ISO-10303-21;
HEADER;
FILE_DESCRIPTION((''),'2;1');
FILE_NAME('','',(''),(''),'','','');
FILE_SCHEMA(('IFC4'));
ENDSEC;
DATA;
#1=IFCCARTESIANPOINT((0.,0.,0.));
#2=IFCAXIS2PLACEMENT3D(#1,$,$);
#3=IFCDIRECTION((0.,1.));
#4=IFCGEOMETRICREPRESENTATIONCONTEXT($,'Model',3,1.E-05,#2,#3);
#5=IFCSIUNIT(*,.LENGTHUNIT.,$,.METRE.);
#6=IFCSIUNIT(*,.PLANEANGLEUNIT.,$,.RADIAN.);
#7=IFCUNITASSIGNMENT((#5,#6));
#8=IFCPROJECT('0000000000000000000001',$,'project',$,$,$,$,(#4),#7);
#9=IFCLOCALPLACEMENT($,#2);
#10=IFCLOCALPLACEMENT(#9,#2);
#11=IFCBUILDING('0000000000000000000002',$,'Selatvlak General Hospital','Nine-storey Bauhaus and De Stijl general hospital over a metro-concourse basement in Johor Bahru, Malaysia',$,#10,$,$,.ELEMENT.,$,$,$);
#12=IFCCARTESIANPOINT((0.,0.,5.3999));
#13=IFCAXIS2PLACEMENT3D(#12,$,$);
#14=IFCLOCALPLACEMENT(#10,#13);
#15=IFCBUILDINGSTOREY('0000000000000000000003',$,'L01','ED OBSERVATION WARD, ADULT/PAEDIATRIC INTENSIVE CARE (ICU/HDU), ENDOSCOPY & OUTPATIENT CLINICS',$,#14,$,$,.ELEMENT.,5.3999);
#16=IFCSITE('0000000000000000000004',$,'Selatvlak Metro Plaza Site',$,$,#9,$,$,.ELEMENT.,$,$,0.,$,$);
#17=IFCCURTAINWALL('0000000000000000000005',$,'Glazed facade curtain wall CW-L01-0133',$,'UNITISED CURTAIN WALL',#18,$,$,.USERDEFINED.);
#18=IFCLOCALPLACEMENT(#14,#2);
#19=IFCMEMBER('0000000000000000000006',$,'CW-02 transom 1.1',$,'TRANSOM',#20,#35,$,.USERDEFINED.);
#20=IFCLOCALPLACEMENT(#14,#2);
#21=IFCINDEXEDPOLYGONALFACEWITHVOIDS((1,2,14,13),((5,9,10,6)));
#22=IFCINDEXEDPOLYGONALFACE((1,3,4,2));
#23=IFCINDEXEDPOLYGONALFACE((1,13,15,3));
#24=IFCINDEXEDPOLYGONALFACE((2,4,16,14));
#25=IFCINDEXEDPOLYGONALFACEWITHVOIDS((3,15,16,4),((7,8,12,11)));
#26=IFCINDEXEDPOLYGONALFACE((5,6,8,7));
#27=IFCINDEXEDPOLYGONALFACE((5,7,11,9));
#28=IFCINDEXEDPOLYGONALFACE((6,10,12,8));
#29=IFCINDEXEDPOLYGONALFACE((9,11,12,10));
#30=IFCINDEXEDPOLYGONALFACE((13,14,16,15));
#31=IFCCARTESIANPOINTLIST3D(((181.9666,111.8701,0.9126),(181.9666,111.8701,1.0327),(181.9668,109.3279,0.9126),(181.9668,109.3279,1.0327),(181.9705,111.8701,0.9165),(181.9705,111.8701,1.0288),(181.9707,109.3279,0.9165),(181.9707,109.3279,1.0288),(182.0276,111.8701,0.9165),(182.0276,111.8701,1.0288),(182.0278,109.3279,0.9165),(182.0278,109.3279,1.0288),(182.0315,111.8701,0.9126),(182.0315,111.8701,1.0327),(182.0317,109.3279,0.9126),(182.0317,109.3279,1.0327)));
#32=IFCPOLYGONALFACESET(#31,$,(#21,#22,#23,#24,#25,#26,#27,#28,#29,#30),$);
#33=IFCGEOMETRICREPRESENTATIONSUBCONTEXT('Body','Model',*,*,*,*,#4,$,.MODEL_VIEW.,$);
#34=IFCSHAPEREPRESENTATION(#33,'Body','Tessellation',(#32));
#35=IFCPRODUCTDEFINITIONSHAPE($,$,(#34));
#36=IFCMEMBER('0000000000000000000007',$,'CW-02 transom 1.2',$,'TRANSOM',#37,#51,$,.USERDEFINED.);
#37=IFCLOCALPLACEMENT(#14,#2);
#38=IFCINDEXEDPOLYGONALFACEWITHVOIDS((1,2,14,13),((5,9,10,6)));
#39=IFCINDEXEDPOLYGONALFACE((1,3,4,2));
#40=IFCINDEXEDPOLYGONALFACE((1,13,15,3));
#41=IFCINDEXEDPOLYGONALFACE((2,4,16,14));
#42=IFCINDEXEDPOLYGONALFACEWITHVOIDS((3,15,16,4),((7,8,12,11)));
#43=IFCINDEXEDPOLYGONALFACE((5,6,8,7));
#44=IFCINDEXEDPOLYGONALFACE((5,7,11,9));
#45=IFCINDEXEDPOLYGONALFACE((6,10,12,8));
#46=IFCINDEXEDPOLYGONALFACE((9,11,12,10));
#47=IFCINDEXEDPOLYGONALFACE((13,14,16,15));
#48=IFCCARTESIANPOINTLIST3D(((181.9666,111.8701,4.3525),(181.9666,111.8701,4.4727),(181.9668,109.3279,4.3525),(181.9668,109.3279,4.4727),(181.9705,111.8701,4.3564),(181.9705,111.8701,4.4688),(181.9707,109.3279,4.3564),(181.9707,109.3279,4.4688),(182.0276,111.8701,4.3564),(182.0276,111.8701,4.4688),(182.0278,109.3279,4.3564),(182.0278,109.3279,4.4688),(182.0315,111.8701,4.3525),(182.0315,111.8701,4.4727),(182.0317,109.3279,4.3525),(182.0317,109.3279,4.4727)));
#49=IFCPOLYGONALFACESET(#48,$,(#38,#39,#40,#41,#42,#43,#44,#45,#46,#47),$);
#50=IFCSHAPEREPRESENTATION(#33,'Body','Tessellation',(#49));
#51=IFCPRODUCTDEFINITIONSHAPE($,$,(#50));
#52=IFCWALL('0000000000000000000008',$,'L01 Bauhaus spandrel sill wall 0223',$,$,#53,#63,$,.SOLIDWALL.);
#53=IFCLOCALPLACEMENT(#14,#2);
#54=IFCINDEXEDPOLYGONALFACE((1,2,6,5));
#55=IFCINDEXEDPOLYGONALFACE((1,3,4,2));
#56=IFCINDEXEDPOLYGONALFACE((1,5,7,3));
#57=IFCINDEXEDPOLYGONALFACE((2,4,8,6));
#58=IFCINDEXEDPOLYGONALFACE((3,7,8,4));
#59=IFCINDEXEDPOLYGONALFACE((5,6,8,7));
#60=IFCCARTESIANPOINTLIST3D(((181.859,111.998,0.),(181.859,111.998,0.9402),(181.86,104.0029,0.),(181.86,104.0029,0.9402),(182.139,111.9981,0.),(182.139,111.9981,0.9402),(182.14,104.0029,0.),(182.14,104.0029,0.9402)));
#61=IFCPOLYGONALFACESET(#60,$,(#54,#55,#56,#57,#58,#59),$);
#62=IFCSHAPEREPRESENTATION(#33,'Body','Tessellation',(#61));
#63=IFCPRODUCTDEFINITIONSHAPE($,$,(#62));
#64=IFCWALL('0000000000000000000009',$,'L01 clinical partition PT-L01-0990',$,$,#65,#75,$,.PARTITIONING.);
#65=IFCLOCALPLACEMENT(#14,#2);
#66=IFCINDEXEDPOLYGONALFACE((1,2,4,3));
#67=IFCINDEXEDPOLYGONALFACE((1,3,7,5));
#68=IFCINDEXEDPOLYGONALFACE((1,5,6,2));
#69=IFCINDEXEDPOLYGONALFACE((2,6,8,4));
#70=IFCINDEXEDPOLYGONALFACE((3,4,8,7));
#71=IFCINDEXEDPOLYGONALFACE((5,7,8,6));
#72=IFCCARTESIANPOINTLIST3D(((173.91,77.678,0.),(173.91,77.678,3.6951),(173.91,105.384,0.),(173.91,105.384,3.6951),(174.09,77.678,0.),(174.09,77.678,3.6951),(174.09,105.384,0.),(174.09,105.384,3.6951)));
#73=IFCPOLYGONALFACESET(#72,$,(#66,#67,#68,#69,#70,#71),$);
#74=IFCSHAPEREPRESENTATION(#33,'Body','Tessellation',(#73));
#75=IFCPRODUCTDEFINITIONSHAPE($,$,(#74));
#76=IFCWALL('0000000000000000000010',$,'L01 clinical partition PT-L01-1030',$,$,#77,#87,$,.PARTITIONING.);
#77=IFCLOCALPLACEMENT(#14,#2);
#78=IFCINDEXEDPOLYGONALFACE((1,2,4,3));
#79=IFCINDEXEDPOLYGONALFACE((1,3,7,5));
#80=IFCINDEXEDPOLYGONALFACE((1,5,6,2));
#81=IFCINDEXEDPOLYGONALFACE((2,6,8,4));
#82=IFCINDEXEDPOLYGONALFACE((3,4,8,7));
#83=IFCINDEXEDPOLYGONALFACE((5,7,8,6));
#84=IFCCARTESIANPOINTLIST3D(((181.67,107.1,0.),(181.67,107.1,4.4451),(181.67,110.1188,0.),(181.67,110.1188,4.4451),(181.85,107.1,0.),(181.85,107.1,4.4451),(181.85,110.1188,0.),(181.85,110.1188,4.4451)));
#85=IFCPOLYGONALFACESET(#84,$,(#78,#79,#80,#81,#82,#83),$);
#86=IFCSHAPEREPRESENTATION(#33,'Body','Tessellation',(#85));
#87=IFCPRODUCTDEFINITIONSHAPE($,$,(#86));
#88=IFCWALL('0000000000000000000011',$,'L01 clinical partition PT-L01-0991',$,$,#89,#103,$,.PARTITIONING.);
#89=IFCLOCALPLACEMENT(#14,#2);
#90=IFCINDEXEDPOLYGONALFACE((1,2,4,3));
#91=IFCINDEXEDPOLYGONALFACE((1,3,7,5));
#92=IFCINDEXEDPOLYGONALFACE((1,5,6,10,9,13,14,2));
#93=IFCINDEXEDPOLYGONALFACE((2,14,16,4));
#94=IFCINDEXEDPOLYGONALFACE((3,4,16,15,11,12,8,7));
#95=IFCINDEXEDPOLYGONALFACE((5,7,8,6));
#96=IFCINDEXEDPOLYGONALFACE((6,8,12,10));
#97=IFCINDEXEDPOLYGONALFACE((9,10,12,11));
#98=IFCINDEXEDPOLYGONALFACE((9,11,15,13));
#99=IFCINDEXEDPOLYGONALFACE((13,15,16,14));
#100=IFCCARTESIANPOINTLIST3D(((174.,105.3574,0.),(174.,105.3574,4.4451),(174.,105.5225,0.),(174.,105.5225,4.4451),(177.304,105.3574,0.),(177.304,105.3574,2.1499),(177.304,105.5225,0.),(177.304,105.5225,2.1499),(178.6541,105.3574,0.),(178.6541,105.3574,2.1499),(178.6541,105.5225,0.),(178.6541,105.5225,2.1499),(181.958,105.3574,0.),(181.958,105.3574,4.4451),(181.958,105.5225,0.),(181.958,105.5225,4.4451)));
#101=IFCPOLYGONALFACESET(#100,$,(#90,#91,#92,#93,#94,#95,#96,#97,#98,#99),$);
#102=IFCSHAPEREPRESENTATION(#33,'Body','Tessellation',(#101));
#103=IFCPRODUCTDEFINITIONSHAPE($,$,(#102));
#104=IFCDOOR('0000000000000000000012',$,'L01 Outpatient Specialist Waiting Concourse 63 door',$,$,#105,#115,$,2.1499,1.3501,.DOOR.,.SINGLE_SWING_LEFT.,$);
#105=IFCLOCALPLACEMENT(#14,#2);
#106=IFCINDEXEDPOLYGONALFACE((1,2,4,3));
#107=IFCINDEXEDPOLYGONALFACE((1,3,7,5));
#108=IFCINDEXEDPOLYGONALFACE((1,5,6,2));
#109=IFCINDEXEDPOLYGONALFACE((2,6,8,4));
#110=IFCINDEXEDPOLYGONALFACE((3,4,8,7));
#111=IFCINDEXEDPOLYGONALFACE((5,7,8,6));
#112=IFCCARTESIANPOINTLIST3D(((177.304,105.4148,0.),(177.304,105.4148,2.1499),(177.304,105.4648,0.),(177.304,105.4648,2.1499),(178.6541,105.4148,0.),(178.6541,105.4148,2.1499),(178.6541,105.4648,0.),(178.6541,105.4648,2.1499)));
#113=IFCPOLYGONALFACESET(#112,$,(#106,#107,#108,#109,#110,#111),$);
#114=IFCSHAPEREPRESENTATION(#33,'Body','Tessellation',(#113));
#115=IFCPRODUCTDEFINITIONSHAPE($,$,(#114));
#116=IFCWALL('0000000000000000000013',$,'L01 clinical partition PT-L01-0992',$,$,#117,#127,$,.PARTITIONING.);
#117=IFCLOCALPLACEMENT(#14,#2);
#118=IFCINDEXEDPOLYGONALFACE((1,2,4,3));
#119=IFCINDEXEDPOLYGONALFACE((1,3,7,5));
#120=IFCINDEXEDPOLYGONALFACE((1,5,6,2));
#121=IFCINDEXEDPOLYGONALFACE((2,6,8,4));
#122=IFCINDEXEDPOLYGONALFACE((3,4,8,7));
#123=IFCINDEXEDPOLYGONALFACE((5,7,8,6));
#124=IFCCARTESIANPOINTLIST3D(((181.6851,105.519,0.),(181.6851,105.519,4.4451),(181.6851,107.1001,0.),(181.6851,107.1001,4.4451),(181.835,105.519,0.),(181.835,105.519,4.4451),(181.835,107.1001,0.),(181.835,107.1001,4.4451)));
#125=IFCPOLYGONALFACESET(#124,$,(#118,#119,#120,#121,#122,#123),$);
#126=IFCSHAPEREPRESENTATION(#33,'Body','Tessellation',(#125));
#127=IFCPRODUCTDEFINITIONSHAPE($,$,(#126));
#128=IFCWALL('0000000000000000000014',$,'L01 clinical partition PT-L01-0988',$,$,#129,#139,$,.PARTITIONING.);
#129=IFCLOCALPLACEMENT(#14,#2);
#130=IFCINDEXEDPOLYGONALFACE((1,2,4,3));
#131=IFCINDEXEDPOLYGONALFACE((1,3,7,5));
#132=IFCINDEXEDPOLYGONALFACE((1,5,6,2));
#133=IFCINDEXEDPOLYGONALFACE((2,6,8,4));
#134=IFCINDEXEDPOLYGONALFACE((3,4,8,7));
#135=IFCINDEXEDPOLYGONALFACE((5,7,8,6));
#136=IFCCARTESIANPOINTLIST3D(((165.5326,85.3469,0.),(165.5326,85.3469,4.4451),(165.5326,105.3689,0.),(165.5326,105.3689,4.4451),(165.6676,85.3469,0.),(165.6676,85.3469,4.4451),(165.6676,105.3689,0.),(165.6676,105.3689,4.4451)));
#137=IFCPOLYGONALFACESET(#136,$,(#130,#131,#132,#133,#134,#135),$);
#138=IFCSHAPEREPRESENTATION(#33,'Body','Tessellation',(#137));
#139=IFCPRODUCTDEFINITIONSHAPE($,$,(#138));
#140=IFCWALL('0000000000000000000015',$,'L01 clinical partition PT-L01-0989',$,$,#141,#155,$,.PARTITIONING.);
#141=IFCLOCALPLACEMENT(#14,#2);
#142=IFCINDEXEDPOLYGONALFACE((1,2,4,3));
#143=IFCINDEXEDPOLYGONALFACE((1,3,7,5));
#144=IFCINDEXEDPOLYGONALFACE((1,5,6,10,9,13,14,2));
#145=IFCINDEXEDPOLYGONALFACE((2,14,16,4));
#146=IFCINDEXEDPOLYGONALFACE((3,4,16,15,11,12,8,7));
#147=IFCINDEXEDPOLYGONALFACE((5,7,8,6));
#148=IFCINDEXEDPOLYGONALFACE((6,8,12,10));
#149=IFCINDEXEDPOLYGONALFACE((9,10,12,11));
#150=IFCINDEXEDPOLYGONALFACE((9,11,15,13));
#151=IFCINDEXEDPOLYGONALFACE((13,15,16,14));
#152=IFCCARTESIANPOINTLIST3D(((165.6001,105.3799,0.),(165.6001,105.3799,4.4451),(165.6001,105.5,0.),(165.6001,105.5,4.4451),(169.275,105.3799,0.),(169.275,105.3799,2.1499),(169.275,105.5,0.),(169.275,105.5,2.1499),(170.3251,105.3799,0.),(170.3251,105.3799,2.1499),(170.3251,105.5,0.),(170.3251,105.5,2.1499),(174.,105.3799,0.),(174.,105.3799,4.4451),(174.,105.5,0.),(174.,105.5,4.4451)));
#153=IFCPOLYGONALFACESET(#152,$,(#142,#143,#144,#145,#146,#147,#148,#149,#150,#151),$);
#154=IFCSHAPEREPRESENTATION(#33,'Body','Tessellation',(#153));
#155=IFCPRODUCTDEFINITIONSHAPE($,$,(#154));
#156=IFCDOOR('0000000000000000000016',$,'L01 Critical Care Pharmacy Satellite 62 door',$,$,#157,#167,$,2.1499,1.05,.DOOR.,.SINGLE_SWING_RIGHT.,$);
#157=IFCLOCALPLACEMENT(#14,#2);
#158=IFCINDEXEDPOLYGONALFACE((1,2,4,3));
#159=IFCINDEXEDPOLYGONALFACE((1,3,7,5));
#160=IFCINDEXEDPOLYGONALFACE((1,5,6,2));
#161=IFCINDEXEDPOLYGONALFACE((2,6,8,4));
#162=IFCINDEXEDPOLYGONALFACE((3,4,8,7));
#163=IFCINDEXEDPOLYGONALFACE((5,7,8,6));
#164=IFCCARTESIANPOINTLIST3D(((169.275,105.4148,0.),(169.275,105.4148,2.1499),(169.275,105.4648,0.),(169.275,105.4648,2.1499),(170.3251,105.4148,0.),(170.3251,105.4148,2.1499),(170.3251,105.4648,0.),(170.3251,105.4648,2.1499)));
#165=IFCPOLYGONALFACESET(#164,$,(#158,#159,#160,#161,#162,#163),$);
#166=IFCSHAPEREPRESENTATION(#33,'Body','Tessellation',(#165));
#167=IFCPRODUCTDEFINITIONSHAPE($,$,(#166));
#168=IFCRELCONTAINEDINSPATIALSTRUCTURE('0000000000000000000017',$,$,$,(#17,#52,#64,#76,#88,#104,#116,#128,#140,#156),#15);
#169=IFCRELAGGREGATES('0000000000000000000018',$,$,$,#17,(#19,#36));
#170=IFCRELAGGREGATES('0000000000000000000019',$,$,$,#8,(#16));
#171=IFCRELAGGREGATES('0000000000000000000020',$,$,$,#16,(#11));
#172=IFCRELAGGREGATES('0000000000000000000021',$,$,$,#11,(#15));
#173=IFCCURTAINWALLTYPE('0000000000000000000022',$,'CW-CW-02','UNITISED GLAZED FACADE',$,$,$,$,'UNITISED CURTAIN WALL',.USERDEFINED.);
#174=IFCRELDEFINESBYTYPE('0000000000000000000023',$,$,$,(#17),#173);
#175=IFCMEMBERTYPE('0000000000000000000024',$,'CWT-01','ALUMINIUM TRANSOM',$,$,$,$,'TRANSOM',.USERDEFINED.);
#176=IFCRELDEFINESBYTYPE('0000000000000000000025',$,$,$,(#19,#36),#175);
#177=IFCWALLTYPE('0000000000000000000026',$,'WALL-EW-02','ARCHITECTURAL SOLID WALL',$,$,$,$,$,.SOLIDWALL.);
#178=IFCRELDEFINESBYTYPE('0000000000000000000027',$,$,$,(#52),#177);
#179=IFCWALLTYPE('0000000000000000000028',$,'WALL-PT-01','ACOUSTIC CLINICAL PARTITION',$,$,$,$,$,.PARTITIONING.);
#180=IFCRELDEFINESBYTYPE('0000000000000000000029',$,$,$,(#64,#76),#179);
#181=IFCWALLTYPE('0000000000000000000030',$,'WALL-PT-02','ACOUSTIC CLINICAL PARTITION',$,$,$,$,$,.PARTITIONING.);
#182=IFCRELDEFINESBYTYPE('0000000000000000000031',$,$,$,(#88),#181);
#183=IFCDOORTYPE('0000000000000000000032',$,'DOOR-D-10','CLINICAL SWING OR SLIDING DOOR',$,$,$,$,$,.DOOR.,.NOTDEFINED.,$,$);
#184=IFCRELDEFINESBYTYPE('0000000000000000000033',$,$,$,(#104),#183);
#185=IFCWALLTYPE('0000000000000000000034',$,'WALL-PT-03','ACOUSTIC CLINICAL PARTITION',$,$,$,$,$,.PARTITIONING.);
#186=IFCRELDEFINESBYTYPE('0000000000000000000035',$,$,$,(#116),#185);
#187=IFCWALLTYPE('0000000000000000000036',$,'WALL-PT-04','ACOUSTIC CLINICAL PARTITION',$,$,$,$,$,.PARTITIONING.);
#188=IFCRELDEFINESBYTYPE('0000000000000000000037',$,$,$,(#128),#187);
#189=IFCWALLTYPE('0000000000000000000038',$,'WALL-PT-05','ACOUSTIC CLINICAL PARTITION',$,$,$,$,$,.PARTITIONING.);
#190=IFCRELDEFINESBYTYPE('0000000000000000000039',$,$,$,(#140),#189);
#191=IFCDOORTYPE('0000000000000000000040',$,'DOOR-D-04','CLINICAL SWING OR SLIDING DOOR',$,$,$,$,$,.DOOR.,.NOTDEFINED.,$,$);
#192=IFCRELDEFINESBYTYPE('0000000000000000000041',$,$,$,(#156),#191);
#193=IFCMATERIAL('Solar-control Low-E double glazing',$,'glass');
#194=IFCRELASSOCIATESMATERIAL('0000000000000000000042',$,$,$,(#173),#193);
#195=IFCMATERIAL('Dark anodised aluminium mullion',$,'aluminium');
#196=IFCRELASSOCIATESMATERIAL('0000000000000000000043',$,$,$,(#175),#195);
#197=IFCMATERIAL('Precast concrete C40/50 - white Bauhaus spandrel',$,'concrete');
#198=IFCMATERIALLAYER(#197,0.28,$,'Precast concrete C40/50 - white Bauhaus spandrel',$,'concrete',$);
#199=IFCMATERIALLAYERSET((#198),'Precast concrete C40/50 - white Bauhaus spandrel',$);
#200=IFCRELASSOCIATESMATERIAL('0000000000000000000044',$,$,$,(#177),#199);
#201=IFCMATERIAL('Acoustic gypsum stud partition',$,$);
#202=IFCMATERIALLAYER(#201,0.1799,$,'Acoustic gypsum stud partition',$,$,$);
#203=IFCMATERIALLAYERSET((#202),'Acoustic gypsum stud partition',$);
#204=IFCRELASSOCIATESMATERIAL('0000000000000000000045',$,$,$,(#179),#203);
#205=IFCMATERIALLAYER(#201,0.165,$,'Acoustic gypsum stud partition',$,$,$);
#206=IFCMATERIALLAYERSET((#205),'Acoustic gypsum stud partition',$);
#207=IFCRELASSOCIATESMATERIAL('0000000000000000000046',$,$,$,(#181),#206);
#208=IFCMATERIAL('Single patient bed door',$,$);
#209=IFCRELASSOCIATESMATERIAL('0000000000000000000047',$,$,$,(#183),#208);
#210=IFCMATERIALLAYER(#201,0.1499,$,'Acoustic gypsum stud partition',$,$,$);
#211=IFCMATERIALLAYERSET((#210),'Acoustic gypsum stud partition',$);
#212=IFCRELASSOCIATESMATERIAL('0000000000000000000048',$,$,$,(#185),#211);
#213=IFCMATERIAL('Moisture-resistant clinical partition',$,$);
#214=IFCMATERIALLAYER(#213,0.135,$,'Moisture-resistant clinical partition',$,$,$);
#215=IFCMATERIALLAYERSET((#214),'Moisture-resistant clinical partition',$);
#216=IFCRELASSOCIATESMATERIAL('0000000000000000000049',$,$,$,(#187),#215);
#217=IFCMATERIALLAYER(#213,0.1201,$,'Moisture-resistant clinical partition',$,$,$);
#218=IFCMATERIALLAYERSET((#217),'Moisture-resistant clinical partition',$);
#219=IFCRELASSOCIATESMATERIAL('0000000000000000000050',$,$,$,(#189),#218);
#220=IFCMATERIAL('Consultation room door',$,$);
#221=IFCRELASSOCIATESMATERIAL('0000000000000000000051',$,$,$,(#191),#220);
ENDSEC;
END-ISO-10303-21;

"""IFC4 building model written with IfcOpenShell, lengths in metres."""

from ifc_helpers import new_model, si_unit, direction, frame, frame_2d, origin, origin_2d, place, context, subcontext, project, spatial, rectangle, hollow_rectangle, extrude, material, layer, layer_set, material_profile, profile_set, type_object, element, fill, aggregate, save


model = new_model("IFC4")

# Units and contexts
model_context = context("Model", 3, precision=1e-05, world=origin(), true_north=direction((0.0, 1.0)))
body_context = subcontext(model_context, "Body", "Model", "MODEL_VIEW")
ifc_project = project(units=[si_unit("LENGTHUNIT", "METRE"), si_unit("PLANEANGLEUNIT", "RADIAN")], contexts=[model_context])

# Site, building, storey
site_placement = place(None, origin())
site = spatial("IfcSite", under=ifc_project, at=site_placement, Name="Selatvlak Metro Plaza Site", CompositionType="ELEMENT", RefElevation=0.0)
building_placement = place(site_placement, origin())
building = spatial("IfcBuilding", under=site, at=building_placement, Name="Selatvlak General Hospital", Description="Nine-storey Bauhaus and De Stijl general hospital over a metro-concourse basement in Johor Bahru, Malaysia", CompositionType="ELEMENT")
storey_placement = place(building_placement, frame((0.0, 0.0, 5.3999)))
storey = spatial("IfcBuildingStorey", under=building, at=storey_placement, Name="L01", Description="ED OBSERVATION WARD, ADULT/PAEDIATRIC INTENSIVE CARE (ICU/HDU), ENDOSCOPY & OUTPATIENT CLINICS", CompositionType="ELEMENT", Elevation=5.3999)

# Shared definitions
ifc_material_1 = material(Name="Solar-control Low-E double glazing", Category="glass")
ifc_material_2 = material(Name="Dark anodised aluminium mullion", Category="aluminium")

# Curtain wall, members
curtain_wall_type_1 = type_object("IfcCurtainWallType", Name="CW-CW-02", Description="UNITISED GLAZED FACADE", ElementType="UNITISED CURTAIN WALL", PredefinedType="USERDEFINED", material=ifc_material_1)
curtain_wall_1_placement = place(storey_placement, origin())
curtain_wall_1 = element("IfcCurtainWall", 1, at=curtain_wall_1_placement, inside=storey, type_object=curtain_wall_type_1, Name="Glazed facade curtain wall CW-L01-0133", ObjectType="UNITISED CURTAIN WALL", PredefinedType="USERDEFINED")
ifc_material_profile_1 = material_profile(ifc_material_2, hollow_rectangle(XDim=0.0649, YDim=0.1201, WallThickness=0.0039, at=origin_2d()), Name="AL-TRN 65x120x4")
ifc_profile_set_1 = profile_set([ifc_material_profile_1], Name="Dark anodised aluminium mullion")
member_type_1 = type_object("IfcMemberType", Name="CWT-01", Description="ALUMINIUM TRANSOM", ElementType="TRANSOM", PredefinedType="USERDEFINED", material=ifc_profile_set_1)
member_1_placement = place(storey_placement, frame((181.999, 111.8701, 0.9727), z_axis=(0.000096, -1.0, 0.0), x_axis=(1.0, 0.000096, 0.0)))
member_1 = element("IfcMember", 2, at=member_1_placement, type_object=member_type_1, Name="CW-02 transom 1.1", ObjectType="TRANSOM", PredefinedType="USERDEFINED", context=body_context, shape_type="SweptSolid", body=[
    extrude(hollow_rectangle(XDim=0.0649, YDim=0.1201, WallThickness=0.0039, at=origin_2d()), origin(), (0.0, 0.0, 1.0), 2.5422),
])
member_2_placement = place(storey_placement, frame((181.999, 111.8701, 4.4126), z_axis=(0.000096, -1.0, 0.0), x_axis=(1.0, 0.000096, 0.0)))
member_2 = element("IfcMember", 3, at=member_2_placement, type_object=member_type_1, Name="CW-02 transom 1.2", ObjectType="TRANSOM", PredefinedType="USERDEFINED", context=body_context, shape_type="SweptSolid", body=[
    extrude(hollow_rectangle(XDim=0.0649, YDim=0.1201, WallThickness=0.0039, at=origin_2d()), origin(), (0.0, 0.0, 1.0), 2.5422),
])
aggregate(curtain_wall_1, [member_1, member_2])

# Walls
ifc_material_3 = material(Name="Precast concrete C40/50 - white Bauhaus spandrel", Category="concrete")
ifc_layer_1 = layer(ifc_material_3, 0.28, Name="Precast concrete C40/50 - white Bauhaus spandrel", Category="concrete")
ifc_layer_set_1 = layer_set([ifc_layer_1], Name="Precast concrete C40/50 - white Bauhaus spandrel")
wall_type_1 = type_object("IfcWallType", Name="WALL-EW-02", Description="ARCHITECTURAL SOLID WALL", PredefinedType="SOLIDWALL", material=ifc_layer_set_1)
wall_1_placement = place(storey_placement, frame((181.999, 111.998, 0.0), z_axis=(0.0, 0.0, 1.0), x_axis=(0.000122, -1.0, 0.0)))
element("IfcWall", 4, at=wall_1_placement, inside=storey, type_object=wall_type_1, Name="L01 Bauhaus spandrel sill wall 0223", PredefinedType="SOLIDWALL", context=body_context, shape_type="SweptSolid", body=[
    extrude(rectangle(XDim=7.9951, YDim=0.28, at=frame_2d((3.9976, 0.0))), origin(), (0.0, 0.0, 1.0), 0.9402),
])
ifc_material_4 = material(Name="Acoustic gypsum stud partition")
ifc_layer_2 = layer(ifc_material_4, 0.1799, Name="Acoustic gypsum stud partition")
ifc_layer_set_2 = layer_set([ifc_layer_2], Name="Acoustic gypsum stud partition")
wall_type_2 = type_object("IfcWallType", Name="WALL-PT-01", Description="ACOUSTIC CLINICAL PARTITION", PredefinedType="PARTITIONING", material=ifc_layer_set_2)
wall_2_placement = place(storey_placement, frame((174.0, 105.384, 0.0), z_axis=(0.0, 0.0, 1.0), x_axis=(0.0, -1.0, 0.0)))
element("IfcWall", 5, at=wall_2_placement, inside=storey, type_object=wall_type_2, Name="L01 clinical partition PT-L01-0990", PredefinedType="PARTITIONING", context=body_context, shape_type="SweptSolid", body=[
    extrude(rectangle(XDim=27.7061, YDim=0.1799, at=frame_2d((13.853, 0.0))), origin(), (0.0, 0.0, 1.0), 3.6951),
])
wall_3_placement = place(storey_placement, frame((181.76, 107.1001, 0.0), z_axis=(0.0, 0.0, 1.0), x_axis=(0.0, 1.0, 0.0)))
element("IfcWall", 6, at=wall_3_placement, inside=storey, type_object=wall_type_2, Name="L01 clinical partition PT-L01-1030", PredefinedType="PARTITIONING", context=body_context, shape_type="SweptSolid", body=[
    extrude(rectangle(XDim=3.0188, YDim=0.1799, at=frame_2d((1.5093, 0.0))), origin(), (0.0, 0.0, 1.0), 4.4451),
])

# Wall, opening, door
ifc_layer_3 = layer(ifc_material_4, 0.165, Name="Acoustic gypsum stud partition")
ifc_layer_set_3 = layer_set([ifc_layer_3], Name="Acoustic gypsum stud partition")
wall_type_3 = type_object("IfcWallType", Name="WALL-PT-02", Description="ACOUSTIC CLINICAL PARTITION", PredefinedType="PARTITIONING", material=ifc_layer_set_3)
wall_4_placement = place(storey_placement, frame((174.0, 105.4399, 0.0), z_axis=(0.0, 0.0, 1.0), x_axis=(1.0, 0.0, 0.0)))
wall_4 = element("IfcWall", 7, at=wall_4_placement, inside=storey, type_object=wall_type_3, Name="L01 clinical partition PT-L01-0991", PredefinedType="PARTITIONING", context=body_context, shape_type="SweptSolid", body=[
    extrude(rectangle(XDim=7.958, YDim=0.165, at=frame_2d((3.979, 0.0))), origin(), (0.0, 0.0, 1.0), 4.4451),
])
opening_1_placement = place(wall_4_placement, frame((3.304, 0.0, 0.0)))
opening_1 = element("IfcOpeningElement", 8, at=opening_1_placement, cuts=wall_4, PredefinedType="OPENING", context=body_context, shape_type="SweptSolid", body=[
    extrude(rectangle(XDim=1.3501, YDim=2.1499, at=frame_2d((0.675, 1.075))), frame((0.0, 0.0925, 0.0), z_axis=(0.0, -1.0, 0.0), x_axis=(1.0, 0.0, 0.0)), (0.0, 0.0, 1.0), 0.1851),
])
ifc_material_5 = material(Name="Single patient bed door")
door_type_1 = type_object("IfcDoorType", Name="DOOR-D-10", Description="CLINICAL SWING OR SLIDING DOOR", OperationType="NOTDEFINED", PredefinedType="DOOR", material=ifc_material_5)
door_1_placement = place(opening_1_placement, origin())
door_1 = element("IfcDoor", 9, at=door_1_placement, inside=storey, type_object=door_type_1, Name="L01 Outpatient Specialist Waiting Concourse 63 door", OperationType="SINGLE_SWING_LEFT", OverallHeight=2.1499, OverallWidth=1.3501, PredefinedType="DOOR", context=body_context, shape_type="SweptSolid", body=[
    extrude(rectangle(XDim=1.3501, YDim=2.1499, at=frame_2d((0.675, 1.075))), frame((0.0, 0.0249, 0.0), z_axis=(0.0, -1.0, 0.0), x_axis=(1.0, 0.0, 0.0)), (0.0, 0.0, 1.0), 0.05),
])
fill(opening_1, door_1)

# Walls
ifc_layer_4 = layer(ifc_material_4, 0.1499, Name="Acoustic gypsum stud partition")
ifc_layer_set_4 = layer_set([ifc_layer_4], Name="Acoustic gypsum stud partition")
wall_type_4 = type_object("IfcWallType", Name="WALL-PT-03", Description="ACOUSTIC CLINICAL PARTITION", PredefinedType="PARTITIONING", material=ifc_layer_set_4)
wall_5_placement = place(storey_placement, frame((181.76, 105.519, 0.0), z_axis=(0.0, 0.0, 1.0), x_axis=(0.0, 1.0, 0.0)))
element("IfcWall", 10, at=wall_5_placement, inside=storey, type_object=wall_type_4, Name="L01 clinical partition PT-L01-0992", PredefinedType="PARTITIONING", context=body_context, shape_type="SweptSolid", body=[
    extrude(rectangle(XDim=1.5811, YDim=0.1499, at=frame_2d((0.7905, 0.0))), origin(), (0.0, 0.0, 1.0), 4.4451),
])
ifc_material_6 = material(Name="Moisture-resistant clinical partition")
ifc_layer_5 = layer(ifc_material_6, 0.135, Name="Moisture-resistant clinical partition")
ifc_layer_set_5 = layer_set([ifc_layer_5], Name="Moisture-resistant clinical partition")
wall_type_5 = type_object("IfcWallType", Name="WALL-PT-04", Description="ACOUSTIC CLINICAL PARTITION", PredefinedType="PARTITIONING", material=ifc_layer_set_5)
wall_6_placement = place(storey_placement, frame((165.6001, 105.3689, 0.0), z_axis=(0.0, 0.0, 1.0), x_axis=(0.0, -1.0, 0.0)))
element("IfcWall", 11, at=wall_6_placement, inside=storey, type_object=wall_type_5, Name="L01 clinical partition PT-L01-0988", PredefinedType="PARTITIONING", context=body_context, shape_type="SweptSolid", body=[
    extrude(rectangle(XDim=20.022, YDim=0.135, at=frame_2d((10.011, 0.0))), origin(), (0.0, 0.0, 1.0), 4.4451),
])

# Wall, opening, door
ifc_layer_6 = layer(ifc_material_6, 0.1201, Name="Moisture-resistant clinical partition")
ifc_layer_set_6 = layer_set([ifc_layer_6], Name="Moisture-resistant clinical partition")
wall_type_6 = type_object("IfcWallType", Name="WALL-PT-05", Description="ACOUSTIC CLINICAL PARTITION", PredefinedType="PARTITIONING", material=ifc_layer_set_6)
wall_7_placement = place(storey_placement, frame((165.6001, 105.4399, 0.0), z_axis=(0.0, 0.0, 1.0), x_axis=(1.0, 0.0, 0.0)))
wall_7 = element("IfcWall", 12, at=wall_7_placement, inside=storey, type_object=wall_type_6, Name="L01 clinical partition PT-L01-0989", PredefinedType="PARTITIONING", context=body_context, shape_type="SweptSolid", body=[
    extrude(rectangle(XDim=8.3999, YDim=0.1201, at=frame_2d((4.2, 0.0))), origin(), (0.0, 0.0, 1.0), 4.4451),
])
opening_2_placement = place(wall_7_placement, frame((3.675, 0.0, 0.0)))
opening_2 = element("IfcOpeningElement", 13, at=opening_2_placement, cuts=wall_7, PredefinedType="OPENING", context=body_context, shape_type="SweptSolid", body=[
    extrude(rectangle(XDim=1.05, YDim=2.1499, at=frame_2d((0.5249, 1.075))), frame((0.0, 0.0701, 0.0), z_axis=(0.0, -1.0, 0.0), x_axis=(1.0, 0.0, 0.0)), (0.0, 0.0, 1.0), 0.1401),
])
ifc_material_7 = material(Name="Consultation room door")
door_type_2 = type_object("IfcDoorType", Name="DOOR-D-04", Description="CLINICAL SWING OR SLIDING DOOR", OperationType="NOTDEFINED", PredefinedType="DOOR", material=ifc_material_7)
door_2_placement = place(opening_2_placement, origin())
door_2 = element("IfcDoor", 14, at=door_2_placement, inside=storey, type_object=door_type_2, Name="L01 Critical Care Pharmacy Satellite 62 door", OperationType="SINGLE_SWING_RIGHT", OverallHeight=2.1499, OverallWidth=1.05, PredefinedType="DOOR", context=body_context, shape_type="SweptSolid", body=[
    extrude(rectangle(XDim=1.05, YDim=2.1499, at=frame_2d((0.5249, 1.075))), frame((0.0, 0.0249, 0.0), z_axis=(0.0, -1.0, 0.0), x_axis=(1.0, 0.0, 0.0)), (0.0, 0.0, 1.0), 0.05),
])
fill(opening_2, door_2)

save(model, "model.ifc")
